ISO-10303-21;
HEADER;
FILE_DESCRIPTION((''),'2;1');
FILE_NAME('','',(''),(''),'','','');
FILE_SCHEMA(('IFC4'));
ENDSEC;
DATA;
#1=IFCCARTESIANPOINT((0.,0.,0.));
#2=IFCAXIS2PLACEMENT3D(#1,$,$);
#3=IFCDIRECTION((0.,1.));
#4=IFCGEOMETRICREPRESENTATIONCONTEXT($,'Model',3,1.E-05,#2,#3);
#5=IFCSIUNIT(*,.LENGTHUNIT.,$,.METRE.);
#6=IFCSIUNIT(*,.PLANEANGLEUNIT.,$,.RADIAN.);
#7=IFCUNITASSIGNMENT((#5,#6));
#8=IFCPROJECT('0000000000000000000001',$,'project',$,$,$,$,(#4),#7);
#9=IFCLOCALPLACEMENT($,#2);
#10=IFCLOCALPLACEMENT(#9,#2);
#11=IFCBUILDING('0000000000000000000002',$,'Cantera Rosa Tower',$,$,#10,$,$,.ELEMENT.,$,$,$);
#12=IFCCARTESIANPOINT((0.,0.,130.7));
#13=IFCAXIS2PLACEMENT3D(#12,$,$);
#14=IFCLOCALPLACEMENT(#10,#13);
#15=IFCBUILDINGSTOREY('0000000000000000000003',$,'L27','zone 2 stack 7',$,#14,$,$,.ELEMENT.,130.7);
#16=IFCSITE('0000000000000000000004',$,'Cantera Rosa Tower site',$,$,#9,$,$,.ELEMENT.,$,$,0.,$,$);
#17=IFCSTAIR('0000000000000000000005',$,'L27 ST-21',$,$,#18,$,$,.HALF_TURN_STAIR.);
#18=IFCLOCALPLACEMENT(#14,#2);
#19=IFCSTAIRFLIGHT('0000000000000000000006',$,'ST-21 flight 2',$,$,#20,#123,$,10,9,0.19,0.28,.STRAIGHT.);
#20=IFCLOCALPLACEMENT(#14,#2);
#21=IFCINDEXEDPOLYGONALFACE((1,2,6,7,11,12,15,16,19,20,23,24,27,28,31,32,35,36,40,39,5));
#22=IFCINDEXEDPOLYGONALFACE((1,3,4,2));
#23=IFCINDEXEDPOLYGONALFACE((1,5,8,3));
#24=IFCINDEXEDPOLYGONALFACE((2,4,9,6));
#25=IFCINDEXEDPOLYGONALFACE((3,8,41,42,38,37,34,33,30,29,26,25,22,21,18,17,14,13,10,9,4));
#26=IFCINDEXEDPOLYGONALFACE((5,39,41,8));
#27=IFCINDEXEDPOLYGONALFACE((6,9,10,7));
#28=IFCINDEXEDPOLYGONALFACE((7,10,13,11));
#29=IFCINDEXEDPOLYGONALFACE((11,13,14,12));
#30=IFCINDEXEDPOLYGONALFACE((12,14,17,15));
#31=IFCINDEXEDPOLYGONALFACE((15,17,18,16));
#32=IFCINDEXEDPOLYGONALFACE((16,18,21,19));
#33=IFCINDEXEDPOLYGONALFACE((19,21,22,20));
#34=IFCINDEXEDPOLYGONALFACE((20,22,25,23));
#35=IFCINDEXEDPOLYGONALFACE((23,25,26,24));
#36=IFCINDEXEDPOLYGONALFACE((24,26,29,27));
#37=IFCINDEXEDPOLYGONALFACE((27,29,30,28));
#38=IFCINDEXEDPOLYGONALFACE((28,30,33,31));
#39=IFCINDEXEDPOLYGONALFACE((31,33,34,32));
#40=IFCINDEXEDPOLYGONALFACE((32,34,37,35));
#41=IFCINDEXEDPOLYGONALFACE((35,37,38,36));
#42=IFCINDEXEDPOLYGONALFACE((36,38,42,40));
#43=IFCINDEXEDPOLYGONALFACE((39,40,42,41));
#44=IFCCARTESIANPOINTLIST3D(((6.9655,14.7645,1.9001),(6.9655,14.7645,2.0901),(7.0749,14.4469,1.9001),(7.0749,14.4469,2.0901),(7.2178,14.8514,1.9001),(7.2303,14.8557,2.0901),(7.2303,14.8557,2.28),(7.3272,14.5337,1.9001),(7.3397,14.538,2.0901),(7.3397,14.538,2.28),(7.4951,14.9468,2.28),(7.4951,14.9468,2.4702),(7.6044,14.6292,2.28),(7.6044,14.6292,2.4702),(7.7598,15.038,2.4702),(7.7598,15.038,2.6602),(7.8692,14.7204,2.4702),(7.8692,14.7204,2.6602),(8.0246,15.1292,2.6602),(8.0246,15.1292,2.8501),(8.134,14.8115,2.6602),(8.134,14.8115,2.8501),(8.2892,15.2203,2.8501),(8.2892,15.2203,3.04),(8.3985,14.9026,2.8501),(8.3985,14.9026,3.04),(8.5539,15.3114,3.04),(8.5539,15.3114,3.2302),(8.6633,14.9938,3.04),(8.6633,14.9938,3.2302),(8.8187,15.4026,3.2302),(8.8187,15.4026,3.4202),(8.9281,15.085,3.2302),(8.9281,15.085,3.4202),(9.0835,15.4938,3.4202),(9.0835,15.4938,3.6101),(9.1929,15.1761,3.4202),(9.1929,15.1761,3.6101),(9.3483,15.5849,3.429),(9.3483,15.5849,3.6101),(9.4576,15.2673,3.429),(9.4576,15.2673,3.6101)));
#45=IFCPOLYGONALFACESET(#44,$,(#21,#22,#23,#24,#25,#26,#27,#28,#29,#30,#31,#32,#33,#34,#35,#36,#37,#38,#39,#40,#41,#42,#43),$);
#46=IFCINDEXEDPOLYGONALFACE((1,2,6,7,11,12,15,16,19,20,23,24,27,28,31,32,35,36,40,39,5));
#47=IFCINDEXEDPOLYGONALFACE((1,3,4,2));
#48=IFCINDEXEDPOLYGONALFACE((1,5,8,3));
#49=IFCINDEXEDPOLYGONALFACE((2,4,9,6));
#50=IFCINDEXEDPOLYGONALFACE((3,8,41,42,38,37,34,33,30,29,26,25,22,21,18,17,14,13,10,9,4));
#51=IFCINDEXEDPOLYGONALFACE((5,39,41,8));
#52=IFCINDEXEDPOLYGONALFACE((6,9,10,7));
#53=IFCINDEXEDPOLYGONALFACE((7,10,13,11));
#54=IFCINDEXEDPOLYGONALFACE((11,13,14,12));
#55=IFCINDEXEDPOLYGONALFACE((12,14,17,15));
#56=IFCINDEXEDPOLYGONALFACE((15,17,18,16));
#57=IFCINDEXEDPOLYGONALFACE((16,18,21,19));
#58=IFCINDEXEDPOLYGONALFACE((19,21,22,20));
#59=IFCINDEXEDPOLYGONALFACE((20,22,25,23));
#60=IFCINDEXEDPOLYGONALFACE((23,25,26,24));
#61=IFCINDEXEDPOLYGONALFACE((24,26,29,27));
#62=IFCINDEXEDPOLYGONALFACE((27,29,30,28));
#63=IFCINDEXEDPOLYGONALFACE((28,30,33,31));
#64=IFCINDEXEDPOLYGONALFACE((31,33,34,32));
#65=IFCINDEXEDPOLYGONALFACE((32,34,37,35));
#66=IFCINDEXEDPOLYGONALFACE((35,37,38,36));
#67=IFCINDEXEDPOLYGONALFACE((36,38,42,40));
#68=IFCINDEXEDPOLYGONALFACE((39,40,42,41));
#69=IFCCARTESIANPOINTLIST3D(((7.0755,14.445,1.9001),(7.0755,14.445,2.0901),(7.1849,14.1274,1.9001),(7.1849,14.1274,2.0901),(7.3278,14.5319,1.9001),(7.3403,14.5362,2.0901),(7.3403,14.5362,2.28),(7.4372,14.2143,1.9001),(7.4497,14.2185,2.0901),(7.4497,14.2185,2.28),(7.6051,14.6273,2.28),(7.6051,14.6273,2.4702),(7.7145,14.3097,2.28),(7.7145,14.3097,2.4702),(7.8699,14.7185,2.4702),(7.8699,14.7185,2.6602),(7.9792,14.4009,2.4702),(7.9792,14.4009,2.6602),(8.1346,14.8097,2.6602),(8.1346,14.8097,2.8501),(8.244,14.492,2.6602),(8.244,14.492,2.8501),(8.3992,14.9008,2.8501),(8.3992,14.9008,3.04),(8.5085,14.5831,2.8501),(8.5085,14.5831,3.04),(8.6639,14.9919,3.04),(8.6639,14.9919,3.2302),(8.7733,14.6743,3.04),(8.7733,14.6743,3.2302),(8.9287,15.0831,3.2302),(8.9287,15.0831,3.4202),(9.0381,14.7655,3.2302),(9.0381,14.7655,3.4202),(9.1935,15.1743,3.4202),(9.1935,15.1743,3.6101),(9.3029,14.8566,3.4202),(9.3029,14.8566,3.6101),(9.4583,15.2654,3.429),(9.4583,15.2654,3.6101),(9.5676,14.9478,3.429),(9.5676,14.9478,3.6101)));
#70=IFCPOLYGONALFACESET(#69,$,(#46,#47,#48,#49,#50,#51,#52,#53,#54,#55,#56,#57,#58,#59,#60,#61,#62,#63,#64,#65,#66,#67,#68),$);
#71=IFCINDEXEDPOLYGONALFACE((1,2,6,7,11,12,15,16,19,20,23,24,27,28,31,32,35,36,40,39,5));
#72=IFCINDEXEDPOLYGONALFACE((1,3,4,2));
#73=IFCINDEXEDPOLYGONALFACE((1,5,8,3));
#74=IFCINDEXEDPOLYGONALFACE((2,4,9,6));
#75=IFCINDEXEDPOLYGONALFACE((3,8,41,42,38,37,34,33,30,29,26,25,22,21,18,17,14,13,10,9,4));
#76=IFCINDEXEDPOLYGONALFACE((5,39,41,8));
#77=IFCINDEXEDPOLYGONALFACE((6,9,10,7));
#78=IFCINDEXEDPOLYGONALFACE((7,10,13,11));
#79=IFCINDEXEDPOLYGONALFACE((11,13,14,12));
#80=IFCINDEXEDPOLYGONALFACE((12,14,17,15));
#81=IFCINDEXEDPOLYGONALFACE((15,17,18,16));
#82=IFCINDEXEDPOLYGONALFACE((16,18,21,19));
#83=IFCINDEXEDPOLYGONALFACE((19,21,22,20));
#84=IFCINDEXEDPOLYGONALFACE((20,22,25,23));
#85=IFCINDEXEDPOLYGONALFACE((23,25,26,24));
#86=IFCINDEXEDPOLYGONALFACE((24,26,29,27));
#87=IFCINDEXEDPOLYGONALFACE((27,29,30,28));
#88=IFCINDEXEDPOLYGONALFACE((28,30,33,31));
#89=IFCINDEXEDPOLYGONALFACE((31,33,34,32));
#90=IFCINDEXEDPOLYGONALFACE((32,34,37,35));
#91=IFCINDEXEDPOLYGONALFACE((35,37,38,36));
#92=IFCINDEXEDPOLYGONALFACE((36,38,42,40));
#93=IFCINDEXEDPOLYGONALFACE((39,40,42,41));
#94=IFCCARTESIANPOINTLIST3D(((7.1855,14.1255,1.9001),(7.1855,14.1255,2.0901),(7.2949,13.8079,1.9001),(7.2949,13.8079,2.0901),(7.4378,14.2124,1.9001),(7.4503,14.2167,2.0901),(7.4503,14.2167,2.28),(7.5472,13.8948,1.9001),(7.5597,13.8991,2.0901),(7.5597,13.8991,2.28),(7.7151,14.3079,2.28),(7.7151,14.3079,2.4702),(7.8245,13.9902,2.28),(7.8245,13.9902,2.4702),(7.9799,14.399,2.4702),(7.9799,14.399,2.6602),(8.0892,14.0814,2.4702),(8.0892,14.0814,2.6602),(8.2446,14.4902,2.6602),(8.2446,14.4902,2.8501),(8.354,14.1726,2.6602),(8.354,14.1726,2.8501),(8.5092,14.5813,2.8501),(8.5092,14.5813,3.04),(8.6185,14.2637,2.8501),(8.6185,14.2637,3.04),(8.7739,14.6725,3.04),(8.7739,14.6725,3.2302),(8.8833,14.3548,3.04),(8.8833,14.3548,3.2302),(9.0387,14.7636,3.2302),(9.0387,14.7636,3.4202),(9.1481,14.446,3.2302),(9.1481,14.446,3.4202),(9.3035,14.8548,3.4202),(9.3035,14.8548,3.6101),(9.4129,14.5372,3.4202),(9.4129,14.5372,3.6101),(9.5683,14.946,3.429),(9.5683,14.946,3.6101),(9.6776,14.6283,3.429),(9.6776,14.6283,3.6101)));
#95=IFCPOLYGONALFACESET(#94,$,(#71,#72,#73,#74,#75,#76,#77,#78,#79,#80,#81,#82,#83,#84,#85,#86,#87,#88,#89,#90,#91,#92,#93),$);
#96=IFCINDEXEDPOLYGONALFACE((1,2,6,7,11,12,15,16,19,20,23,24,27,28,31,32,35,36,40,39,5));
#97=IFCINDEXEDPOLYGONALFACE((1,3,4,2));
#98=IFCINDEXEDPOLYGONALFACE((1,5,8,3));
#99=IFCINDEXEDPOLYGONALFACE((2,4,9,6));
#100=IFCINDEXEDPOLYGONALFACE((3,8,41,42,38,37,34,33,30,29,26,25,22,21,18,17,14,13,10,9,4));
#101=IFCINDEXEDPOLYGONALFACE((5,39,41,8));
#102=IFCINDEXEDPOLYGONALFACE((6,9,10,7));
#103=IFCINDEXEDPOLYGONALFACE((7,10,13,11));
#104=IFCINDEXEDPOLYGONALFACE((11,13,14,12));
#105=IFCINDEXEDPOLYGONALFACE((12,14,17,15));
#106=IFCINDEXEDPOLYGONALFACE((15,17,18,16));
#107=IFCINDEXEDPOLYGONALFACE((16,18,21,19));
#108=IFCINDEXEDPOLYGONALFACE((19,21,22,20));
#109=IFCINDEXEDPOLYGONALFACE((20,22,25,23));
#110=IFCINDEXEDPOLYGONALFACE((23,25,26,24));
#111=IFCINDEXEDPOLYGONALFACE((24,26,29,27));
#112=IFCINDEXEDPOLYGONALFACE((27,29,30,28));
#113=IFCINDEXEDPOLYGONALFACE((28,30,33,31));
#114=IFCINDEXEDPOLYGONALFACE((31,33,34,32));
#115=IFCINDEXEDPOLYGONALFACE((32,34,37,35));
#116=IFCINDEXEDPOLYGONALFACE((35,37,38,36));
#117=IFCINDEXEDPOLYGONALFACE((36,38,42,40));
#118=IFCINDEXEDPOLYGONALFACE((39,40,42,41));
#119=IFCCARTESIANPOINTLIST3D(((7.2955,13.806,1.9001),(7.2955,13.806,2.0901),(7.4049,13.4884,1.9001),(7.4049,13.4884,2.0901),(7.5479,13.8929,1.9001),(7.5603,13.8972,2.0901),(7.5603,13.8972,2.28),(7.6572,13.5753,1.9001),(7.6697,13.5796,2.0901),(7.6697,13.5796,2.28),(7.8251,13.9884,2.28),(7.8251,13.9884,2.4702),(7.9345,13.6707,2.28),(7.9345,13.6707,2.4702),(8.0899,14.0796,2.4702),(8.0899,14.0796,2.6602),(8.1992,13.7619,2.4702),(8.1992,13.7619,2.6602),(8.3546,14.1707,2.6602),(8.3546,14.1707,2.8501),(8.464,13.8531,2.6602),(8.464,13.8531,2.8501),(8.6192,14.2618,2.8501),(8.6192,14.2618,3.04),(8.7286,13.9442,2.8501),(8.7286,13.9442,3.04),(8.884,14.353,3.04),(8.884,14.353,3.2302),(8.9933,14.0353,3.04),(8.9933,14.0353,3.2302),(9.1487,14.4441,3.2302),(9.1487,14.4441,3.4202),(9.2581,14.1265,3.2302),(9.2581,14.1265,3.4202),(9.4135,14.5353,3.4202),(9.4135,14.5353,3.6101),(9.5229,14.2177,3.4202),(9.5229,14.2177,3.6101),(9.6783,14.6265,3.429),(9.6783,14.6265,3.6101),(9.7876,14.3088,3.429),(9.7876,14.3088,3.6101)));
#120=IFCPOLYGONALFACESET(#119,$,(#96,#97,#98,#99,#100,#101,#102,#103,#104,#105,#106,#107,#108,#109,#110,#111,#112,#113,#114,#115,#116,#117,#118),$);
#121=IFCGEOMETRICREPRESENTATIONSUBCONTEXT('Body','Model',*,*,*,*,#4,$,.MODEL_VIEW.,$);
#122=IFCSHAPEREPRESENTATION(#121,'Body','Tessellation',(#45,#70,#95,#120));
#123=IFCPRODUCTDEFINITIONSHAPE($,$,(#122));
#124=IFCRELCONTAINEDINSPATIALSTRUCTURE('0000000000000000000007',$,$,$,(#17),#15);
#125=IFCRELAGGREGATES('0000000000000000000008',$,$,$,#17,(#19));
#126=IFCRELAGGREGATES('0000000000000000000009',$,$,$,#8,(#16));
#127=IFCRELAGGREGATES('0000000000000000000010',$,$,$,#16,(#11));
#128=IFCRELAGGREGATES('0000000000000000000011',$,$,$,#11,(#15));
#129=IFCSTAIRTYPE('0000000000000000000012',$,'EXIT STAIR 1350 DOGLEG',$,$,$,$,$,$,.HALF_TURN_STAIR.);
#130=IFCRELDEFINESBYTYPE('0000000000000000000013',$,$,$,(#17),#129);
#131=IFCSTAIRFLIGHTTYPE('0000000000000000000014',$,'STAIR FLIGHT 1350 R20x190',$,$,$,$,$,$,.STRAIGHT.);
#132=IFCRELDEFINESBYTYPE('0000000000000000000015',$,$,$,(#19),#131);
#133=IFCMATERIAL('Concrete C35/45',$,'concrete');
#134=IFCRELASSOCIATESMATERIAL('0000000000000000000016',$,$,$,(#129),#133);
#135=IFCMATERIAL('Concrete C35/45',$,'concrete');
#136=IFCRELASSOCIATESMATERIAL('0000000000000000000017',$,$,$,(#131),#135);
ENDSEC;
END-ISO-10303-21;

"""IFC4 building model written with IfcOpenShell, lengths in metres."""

from ifc_helpers import new_model, si_unit, direction, frame, origin, place, context, subcontext, project, spatial, polyline, outline, extrude, material, type_object, element, aggregate, save


model = new_model("IFC4")

# Units and contexts
model_context = context("Model", 3, precision=1e-05, world=origin(), true_north=direction((0.0, 1.0)))
body_context = subcontext(model_context, "Body", "Model", "MODEL_VIEW")
ifc_project = project(units=[si_unit("LENGTHUNIT", "METRE"), si_unit("PLANEANGLEUNIT", "RADIAN")], contexts=[model_context])

# Site, building, storey
site_placement = place(None, origin())
site = spatial("IfcSite", under=ifc_project, at=site_placement, Name="Cantera Rosa Tower site", CompositionType="ELEMENT", RefElevation=0.0)
building_placement = place(site_placement, origin())
building = spatial("IfcBuilding", under=site, at=building_placement, Name="Cantera Rosa Tower", CompositionType="ELEMENT")
storey_placement = place(building_placement, frame((0.0, 0.0, 130.7)))
storey = spatial("IfcBuildingStorey", under=building, at=storey_placement, Name="L27", Description="zone 2 stack 7", CompositionType="ELEMENT", Elevation=130.7)

# Stair, stair flight
ifc_material_1 = material(Name="Concrete C35/45", Category="concrete")
stair_type = type_object("IfcStairType", Name="EXIT STAIR 1350 DOGLEG", PredefinedType="HALF_TURN_STAIR", material=ifc_material_1)
stair_placement = place(storey_placement, origin())
stair = element("IfcStair", 1, at=stair_placement, inside=storey, type_object=stair_type, Name="L27 ST-21", PredefinedType="HALF_TURN_STAIR")
ifc_material_2 = material(Name="Concrete C35/45", Category="concrete")
stair_flight_type = type_object("IfcStairFlightType", Name="STAIR FLIGHT 1350 R20x190", PredefinedType="STRAIGHT", material=ifc_material_2)
stair_flight_placement = place(storey_placement, frame((7.1853, 14.1262, 1.9001), z_axis=(0.0, 0.0, 1.0), x_axis=(0.945519, 0.325568, 0.0)))
stair_flight = element("IfcStairFlight", 2, at=stair_flight_placement, type_object=stair_flight_type, Name="ST-21 flight 2", NumberOfRisers=10, NumberOfTreads=9, PredefinedType="STRAIGHT", RiserHeight=0.19, TreadLength=0.28, context=body_context, shape_type="SweptSolid", body=[
    extrude(outline(polyline([(0.0, 0.0), (0.0, 0.1899), (0.28, 0.1899), (0.28, 0.3799), (0.5601, 0.3799), (0.5601, 0.5701), (0.8401, 0.5701), (0.8401, 0.76), (1.1201, 0.76), (1.1201, 0.95), (1.3999, 0.95), (1.3999, 1.1399), (1.6799, 1.1399), (1.6799, 1.3301), (1.96, 1.3301), (1.96, 1.52), (2.24, 1.52), (2.24, 1.71), (2.52, 1.71), (2.52, 1.8999), (2.52, 1.5288), (0.2668, 0.0), (0.0, 0.0)])), frame((0.0, 0.675, 0.0), z_axis=(0.0, -1.0, 0.0), x_axis=(1.0, 0.0, 0.0)), (0.0, 0.0, 1.0), 0.3359),
    extrude(outline(polyline([(0.0, 0.0), (0.0, 0.1899), (0.28, 0.1899), (0.28, 0.3799), (0.5601, 0.3799), (0.5601, 0.5701), (0.8401, 0.5701), (0.8401, 0.76), (1.1201, 0.76), (1.1201, 0.95), (1.3999, 0.95), (1.3999, 1.1399), (1.6799, 1.1399), (1.6799, 1.3301), (1.96, 1.3301), (1.96, 1.52), (2.24, 1.52), (2.24, 1.71), (2.52, 1.71), (2.52, 1.8999), (2.52, 1.5288), (0.2668, 0.0), (0.0, 0.0)])), frame((0.0, 0.3372, 0.0), z_axis=(0.0, -1.0, 0.0), x_axis=(1.0, 0.0, 0.0)), (0.0, 0.0, 1.0), 0.3359),
    extrude(outline(polyline([(0.0, 0.0), (0.0, 0.1899), (0.28, 0.1899), (0.28, 0.3799), (0.5601, 0.3799), (0.5601, 0.5701), (0.8401, 0.5701), (0.8401, 0.76), (1.1201, 0.76), (1.1201, 0.95), (1.3999, 0.95), (1.3999, 1.1399), (1.6799, 1.1399), (1.6799, 1.3301), (1.96, 1.3301), (1.96, 1.52), (2.24, 1.52), (2.24, 1.71), (2.52, 1.71), (2.52, 1.8999), (2.52, 1.5288), (0.2668, 0.0), (0.0, 0.0)])), frame((0.0, -0.0007, 0.0), z_axis=(0.0, -1.0, 0.0), x_axis=(1.0, 0.0, 0.0)), (0.0, 0.0, 1.0), 0.3359),
    extrude(outline(polyline([(0.0, 0.0), (0.0, 0.1899), (0.28, 0.1899), (0.28, 0.3799), (0.5601, 0.3799), (0.5601, 0.5701), (0.8401, 0.5701), (0.8401, 0.76), (1.1201, 0.76), (1.1201, 0.95), (1.3999, 0.95), (1.3999, 1.1399), (1.6799, 1.1399), (1.6799, 1.3301), (1.96, 1.3301), (1.96, 1.52), (2.24, 1.52), (2.24, 1.71), (2.52, 1.71), (2.52, 1.8999), (2.52, 1.5288), (0.2668, 0.0), (0.0, 0.0)])), frame((0.0, -0.3386, 0.0), z_axis=(0.0, -1.0, 0.0), x_axis=(1.0, 0.0, 0.0)), (0.0, 0.0, 1.0), 0.3359),
])
aggregate(stair, [stair_flight])

save(model, "model.ifc")
